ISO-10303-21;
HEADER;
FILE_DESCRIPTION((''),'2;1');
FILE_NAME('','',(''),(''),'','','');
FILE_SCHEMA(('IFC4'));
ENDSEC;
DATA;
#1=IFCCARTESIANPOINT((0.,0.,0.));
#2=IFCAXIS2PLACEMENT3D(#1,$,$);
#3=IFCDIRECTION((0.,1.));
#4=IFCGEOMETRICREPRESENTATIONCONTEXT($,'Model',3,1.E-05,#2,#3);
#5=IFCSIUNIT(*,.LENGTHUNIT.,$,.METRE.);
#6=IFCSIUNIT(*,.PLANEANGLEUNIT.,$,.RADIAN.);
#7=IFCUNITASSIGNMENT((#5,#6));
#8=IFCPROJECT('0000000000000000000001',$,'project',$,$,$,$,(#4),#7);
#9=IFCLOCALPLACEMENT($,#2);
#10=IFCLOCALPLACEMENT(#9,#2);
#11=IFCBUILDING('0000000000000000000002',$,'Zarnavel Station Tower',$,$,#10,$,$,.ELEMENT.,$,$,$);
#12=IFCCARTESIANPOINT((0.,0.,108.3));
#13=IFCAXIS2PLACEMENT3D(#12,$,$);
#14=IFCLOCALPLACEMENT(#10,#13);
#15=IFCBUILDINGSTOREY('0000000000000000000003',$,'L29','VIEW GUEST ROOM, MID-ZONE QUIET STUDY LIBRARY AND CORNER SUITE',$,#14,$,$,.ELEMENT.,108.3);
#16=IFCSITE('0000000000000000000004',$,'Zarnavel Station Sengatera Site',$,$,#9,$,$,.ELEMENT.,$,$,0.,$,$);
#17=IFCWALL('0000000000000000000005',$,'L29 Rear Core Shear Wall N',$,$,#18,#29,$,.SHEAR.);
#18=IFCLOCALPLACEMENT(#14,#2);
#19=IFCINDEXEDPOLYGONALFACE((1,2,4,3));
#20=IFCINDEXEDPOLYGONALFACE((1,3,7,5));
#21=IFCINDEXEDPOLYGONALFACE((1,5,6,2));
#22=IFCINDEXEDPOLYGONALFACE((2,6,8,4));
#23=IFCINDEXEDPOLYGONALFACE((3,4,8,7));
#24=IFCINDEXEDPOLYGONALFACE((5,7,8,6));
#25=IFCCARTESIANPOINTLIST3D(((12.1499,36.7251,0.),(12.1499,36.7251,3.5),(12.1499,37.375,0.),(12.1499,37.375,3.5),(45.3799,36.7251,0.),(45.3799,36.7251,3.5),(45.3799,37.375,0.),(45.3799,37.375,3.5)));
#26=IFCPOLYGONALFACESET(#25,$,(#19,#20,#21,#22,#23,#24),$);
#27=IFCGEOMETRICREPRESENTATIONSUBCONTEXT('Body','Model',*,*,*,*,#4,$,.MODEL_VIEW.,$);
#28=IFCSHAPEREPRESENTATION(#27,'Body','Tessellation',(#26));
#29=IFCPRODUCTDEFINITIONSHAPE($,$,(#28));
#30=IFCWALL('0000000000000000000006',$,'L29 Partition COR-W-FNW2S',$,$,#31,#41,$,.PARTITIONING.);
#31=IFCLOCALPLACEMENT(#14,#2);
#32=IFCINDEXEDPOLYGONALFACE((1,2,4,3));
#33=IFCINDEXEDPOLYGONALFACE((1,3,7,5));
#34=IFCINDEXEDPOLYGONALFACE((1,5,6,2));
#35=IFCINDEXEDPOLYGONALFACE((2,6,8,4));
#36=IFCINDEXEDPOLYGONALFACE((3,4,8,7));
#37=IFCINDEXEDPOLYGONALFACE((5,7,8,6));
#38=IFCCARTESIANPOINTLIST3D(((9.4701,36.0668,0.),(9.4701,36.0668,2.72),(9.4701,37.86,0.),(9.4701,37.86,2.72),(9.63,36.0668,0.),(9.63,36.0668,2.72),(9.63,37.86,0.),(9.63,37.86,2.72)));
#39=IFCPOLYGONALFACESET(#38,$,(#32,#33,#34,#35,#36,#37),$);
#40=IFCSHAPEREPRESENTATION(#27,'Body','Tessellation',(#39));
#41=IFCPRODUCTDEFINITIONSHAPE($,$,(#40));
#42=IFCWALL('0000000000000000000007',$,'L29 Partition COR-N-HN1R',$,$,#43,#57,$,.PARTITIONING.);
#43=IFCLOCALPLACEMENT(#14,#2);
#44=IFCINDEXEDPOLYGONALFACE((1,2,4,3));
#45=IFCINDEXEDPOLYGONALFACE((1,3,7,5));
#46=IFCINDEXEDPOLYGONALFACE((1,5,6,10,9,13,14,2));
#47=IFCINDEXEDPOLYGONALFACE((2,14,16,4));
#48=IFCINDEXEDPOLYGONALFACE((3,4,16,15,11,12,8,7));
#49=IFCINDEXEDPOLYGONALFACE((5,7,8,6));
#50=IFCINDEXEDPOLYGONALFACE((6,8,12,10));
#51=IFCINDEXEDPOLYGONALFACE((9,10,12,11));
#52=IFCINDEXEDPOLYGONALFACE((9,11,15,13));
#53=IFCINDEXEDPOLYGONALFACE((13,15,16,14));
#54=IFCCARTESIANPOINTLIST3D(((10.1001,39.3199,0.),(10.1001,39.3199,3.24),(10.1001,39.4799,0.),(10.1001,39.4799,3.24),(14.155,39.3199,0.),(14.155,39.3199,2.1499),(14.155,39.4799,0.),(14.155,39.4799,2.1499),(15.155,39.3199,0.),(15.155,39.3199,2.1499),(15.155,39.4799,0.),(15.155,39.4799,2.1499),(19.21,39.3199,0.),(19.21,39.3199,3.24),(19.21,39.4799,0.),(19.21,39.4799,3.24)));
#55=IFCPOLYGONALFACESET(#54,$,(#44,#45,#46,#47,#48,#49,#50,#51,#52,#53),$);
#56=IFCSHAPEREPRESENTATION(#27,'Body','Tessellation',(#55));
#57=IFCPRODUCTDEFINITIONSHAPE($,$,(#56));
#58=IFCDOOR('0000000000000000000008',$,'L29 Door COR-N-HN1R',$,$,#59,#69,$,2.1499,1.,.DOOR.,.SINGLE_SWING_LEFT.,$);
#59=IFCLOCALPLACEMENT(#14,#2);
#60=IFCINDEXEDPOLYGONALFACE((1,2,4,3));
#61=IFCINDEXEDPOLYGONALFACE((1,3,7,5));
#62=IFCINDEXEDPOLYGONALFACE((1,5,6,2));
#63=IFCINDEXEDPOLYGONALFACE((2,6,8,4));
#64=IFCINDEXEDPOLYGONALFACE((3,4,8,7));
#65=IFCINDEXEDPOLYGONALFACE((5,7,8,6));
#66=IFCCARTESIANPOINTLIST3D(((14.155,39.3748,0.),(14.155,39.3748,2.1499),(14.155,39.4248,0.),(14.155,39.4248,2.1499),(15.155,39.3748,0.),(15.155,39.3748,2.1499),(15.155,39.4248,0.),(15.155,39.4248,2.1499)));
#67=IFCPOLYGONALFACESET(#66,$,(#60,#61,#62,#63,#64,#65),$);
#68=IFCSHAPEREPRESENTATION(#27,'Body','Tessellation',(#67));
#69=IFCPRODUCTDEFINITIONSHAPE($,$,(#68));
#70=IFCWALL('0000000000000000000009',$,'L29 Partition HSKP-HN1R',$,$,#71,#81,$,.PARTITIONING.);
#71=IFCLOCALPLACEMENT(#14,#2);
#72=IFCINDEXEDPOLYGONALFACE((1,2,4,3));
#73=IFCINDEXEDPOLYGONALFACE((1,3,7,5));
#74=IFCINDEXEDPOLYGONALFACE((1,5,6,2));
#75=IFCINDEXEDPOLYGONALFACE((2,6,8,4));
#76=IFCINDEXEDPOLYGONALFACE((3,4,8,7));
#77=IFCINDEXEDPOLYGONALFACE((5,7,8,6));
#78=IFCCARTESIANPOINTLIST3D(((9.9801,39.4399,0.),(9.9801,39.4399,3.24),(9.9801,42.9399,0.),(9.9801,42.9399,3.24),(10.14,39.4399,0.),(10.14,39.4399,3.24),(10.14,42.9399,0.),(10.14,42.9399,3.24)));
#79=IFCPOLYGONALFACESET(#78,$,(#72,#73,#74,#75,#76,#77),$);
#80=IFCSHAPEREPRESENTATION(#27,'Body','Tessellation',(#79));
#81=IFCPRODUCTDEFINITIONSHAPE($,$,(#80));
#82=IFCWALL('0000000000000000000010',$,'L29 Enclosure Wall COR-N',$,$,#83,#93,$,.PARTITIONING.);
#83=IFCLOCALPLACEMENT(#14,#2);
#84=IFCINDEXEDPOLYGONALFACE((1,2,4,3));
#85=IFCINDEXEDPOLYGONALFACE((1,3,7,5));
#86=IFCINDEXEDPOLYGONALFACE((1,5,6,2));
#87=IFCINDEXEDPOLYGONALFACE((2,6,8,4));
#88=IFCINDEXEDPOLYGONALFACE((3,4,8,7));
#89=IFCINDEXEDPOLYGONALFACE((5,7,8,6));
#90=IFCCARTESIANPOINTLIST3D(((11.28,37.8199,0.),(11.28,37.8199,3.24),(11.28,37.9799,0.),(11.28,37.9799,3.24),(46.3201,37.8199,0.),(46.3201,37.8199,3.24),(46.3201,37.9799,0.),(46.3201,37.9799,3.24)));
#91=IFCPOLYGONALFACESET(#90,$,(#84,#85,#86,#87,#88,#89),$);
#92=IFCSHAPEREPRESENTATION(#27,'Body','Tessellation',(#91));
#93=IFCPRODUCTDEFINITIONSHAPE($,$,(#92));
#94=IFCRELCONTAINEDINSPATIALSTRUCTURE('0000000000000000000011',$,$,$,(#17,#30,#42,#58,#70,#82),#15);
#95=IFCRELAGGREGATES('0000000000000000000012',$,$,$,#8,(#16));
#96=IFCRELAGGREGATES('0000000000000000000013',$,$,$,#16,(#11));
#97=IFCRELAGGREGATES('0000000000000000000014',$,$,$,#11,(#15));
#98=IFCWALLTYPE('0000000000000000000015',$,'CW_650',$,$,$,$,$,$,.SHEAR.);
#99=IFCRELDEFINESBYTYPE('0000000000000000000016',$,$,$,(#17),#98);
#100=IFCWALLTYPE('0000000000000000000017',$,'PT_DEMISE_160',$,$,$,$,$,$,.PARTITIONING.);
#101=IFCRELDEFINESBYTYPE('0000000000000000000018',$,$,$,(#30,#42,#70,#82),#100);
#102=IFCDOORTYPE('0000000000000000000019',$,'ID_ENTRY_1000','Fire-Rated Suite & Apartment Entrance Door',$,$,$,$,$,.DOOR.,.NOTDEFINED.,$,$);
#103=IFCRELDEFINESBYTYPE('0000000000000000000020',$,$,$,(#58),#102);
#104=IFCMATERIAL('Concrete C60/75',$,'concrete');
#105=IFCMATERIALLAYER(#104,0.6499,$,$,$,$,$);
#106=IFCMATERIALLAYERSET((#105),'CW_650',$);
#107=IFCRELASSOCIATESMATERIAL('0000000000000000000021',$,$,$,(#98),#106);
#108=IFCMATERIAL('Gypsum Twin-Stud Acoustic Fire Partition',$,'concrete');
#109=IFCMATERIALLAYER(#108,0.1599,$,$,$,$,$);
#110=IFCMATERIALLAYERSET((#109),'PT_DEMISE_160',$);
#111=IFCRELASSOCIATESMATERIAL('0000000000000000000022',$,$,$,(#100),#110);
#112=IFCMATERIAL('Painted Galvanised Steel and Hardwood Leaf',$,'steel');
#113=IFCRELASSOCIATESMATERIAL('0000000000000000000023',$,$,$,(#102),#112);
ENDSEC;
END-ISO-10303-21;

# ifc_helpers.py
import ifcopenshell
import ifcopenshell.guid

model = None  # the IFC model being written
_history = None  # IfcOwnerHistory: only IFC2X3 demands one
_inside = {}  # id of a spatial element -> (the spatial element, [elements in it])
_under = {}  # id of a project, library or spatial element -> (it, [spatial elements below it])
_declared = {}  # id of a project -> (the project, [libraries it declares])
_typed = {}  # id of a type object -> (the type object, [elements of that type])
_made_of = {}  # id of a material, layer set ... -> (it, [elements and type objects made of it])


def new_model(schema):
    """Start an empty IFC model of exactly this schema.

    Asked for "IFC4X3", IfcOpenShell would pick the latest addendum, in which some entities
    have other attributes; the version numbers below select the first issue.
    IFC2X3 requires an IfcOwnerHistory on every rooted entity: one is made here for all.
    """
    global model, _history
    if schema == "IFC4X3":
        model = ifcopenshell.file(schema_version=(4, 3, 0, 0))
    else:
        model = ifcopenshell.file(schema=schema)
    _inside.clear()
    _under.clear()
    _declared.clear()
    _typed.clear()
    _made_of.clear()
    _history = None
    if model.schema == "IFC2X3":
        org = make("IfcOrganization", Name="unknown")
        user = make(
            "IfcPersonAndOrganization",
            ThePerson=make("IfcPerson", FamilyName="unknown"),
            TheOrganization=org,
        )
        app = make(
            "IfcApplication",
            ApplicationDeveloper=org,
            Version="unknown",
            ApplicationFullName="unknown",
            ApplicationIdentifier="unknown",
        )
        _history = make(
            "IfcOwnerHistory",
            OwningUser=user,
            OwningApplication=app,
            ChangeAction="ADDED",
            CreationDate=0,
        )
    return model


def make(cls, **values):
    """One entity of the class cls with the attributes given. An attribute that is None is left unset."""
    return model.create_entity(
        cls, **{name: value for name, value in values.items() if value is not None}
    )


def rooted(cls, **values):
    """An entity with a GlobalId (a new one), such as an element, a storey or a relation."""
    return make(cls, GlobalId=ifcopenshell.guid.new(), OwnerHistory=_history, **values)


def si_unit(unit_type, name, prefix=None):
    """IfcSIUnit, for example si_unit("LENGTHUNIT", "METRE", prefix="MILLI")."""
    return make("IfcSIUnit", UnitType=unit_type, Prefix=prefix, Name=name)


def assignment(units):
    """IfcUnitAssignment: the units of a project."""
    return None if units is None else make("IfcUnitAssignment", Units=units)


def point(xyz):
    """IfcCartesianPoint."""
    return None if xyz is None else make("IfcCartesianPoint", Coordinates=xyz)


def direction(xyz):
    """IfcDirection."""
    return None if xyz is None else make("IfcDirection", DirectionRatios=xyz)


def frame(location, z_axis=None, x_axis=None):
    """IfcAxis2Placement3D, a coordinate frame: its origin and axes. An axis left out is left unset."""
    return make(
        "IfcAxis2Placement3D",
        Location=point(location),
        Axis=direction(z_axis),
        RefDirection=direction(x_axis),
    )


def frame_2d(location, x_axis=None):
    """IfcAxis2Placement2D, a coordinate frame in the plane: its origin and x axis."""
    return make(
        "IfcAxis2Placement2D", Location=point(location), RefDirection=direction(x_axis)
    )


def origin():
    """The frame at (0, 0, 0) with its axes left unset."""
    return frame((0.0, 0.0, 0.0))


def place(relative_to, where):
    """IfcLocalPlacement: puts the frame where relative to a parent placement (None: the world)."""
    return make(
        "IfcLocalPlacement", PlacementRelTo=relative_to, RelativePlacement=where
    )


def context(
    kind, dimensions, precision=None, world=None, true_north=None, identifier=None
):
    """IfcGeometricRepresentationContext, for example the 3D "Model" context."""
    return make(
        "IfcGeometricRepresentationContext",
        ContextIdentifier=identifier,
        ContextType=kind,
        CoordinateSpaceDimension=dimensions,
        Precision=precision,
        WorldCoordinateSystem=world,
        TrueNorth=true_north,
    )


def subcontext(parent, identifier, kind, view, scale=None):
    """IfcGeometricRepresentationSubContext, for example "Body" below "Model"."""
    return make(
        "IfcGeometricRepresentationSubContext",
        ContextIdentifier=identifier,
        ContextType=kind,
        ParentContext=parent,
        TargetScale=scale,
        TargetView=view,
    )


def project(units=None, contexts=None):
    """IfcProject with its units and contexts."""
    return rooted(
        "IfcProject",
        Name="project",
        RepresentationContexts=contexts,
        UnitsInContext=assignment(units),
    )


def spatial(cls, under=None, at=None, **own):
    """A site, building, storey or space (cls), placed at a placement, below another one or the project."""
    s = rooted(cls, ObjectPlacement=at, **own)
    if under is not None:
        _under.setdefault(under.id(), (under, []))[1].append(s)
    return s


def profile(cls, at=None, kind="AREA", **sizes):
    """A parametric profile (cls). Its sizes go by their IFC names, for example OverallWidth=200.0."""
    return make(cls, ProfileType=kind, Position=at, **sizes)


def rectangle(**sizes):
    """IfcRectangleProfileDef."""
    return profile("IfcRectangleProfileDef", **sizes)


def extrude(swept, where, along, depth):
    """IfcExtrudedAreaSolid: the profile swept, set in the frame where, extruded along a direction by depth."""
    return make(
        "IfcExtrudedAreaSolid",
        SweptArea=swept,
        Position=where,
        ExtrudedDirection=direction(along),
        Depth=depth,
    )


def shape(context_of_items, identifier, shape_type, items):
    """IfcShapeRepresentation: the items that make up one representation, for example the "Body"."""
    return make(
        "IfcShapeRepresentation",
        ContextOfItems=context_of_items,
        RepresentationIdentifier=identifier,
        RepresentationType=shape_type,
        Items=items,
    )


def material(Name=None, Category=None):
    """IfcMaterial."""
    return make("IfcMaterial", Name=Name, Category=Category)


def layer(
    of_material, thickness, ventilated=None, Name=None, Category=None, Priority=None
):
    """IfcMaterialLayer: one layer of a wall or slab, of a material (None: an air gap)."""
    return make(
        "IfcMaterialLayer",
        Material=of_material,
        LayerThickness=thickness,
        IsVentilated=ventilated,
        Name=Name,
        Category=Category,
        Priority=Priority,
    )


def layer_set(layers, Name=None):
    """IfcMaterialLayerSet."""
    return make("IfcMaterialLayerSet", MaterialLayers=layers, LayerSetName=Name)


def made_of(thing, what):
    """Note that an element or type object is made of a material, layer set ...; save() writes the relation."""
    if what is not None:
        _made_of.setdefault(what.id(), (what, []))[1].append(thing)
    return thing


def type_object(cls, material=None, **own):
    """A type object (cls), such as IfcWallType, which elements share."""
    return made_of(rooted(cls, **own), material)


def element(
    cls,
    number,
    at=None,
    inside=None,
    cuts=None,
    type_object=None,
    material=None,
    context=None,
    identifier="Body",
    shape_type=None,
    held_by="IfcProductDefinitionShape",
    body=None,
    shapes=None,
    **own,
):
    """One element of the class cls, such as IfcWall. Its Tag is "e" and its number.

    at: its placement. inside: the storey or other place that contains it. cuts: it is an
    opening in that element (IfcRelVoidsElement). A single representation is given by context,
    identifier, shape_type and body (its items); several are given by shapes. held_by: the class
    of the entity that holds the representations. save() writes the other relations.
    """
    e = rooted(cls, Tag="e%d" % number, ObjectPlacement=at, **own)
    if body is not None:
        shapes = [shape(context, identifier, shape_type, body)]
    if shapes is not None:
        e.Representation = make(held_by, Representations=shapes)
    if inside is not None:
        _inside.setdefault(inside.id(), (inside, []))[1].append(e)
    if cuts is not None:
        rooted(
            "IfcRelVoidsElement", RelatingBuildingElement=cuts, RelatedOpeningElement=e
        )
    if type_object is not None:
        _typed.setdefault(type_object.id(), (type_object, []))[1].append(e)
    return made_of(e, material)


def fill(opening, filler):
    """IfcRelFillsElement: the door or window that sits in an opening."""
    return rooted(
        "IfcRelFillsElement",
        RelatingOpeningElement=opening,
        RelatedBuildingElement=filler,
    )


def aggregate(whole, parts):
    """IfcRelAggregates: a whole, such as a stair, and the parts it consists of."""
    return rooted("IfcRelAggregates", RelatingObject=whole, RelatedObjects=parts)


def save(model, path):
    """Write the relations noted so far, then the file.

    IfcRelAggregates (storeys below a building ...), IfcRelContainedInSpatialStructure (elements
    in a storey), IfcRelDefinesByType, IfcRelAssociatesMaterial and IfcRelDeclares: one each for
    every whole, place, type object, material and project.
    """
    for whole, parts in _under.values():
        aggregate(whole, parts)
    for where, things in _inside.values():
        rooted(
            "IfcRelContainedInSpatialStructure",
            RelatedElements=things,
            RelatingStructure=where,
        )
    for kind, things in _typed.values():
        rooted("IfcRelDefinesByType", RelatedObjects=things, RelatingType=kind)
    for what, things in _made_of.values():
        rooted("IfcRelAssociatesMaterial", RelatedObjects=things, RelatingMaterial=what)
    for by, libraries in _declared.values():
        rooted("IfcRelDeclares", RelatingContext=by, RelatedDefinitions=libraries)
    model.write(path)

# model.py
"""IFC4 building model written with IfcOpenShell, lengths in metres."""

from ifc_helpers import new_model, si_unit, direction, frame, frame_2d, origin, place, context, subcontext, project, spatial, rectangle, extrude, material, layer, layer_set, type_object, element, fill, save


model = new_model("IFC4")

# Units and contexts
model_context = context("Model", 3, precision=1e-05, world=origin(), true_north=direction((0.0, 1.0)))
body_context = subcontext(model_context, "Body", "Model", "MODEL_VIEW")
ifc_project = project(units=[si_unit("LENGTHUNIT", "METRE"), si_unit("PLANEANGLEUNIT", "RADIAN")], contexts=[model_context])

# Site, building, storey
site_placement = place(None, origin())
site = spatial("IfcSite", under=ifc_project, at=site_placement, Name="Zarnavel Station Sengatera Site", CompositionType="ELEMENT", RefElevation=0.0)
building_placement = place(site_placement, origin())
building = spatial("IfcBuilding", under=site, at=building_placement, Name="Zarnavel Station Tower", CompositionType="ELEMENT")
storey_placement = place(building_placement, frame((0.0, 0.0, 108.3)))
storey = spatial("IfcBuildingStorey", under=building, at=storey_placement, Name="L29", Description="VIEW GUEST ROOM, MID-ZONE QUIET STUDY LIBRARY AND CORNER SUITE", CompositionType="ELEMENT", Elevation=108.3)

# Wall
ifc_material_1 = material(Name="Concrete C60/75", Category="concrete")
ifc_layer_1 = layer(ifc_material_1, 0.6499)
ifc_layer_set_1 = layer_set([ifc_layer_1], Name="CW_650")
wall_type_1 = type_object("IfcWallType", Name="CW_650", PredefinedType="SHEAR", material=ifc_layer_set_1)
wall_1_placement = place(storey_placement, frame((12.1499, 37.05, 0.0), z_axis=(0.0, 0.0, 1.0), x_axis=(1.0, 0.0, 0.0)))
element("IfcWall", 1, at=wall_1_placement, inside=storey, type_object=wall_type_1, Name="L29 Rear Core Shear Wall N", PredefinedType="SHEAR", context=body_context, shape_type="SweptSolid", body=[
    extrude(rectangle(XDim=33.23, YDim=0.6499, at=frame_2d((16.615, 0.0))), origin(), (0.0, 0.0, 1.0), 3.5),
])

# Wall
ifc_material_2 = material(Name="Gypsum Twin-Stud Acoustic Fire Partition", Category="concrete")
ifc_layer_2 = layer(ifc_material_2, 0.1599)
ifc_layer_set_2 = layer_set([ifc_layer_2], Name="PT_DEMISE_160")
wall_type_2 = type_object("IfcWallType", Name="PT_DEMISE_160", PredefinedType="PARTITIONING", material=ifc_layer_set_2)
wall_2_placement = place(storey_placement, frame((9.55, 36.0669, 0.0), z_axis=(0.0, 0.0, 1.0), x_axis=(0.0, 1.0, 0.0)))
element("IfcWall", 2, at=wall_2_placement, inside=storey, type_object=wall_type_2, Name="L29 Partition COR-W-FNW2S", PredefinedType="PARTITIONING", context=body_context, shape_type="SweptSolid", body=[
    extrude(rectangle(XDim=1.7932, YDim=0.1599, at=frame_2d((0.8965, 0.0))), origin(), (0.0, 0.0, 1.0), 2.72),
])

# Wall, opening, door
wall_3_placement = place(storey_placement, frame((10.1001, 39.3999, 0.0), z_axis=(0.0, 0.0, 1.0), x_axis=(1.0, 0.0, 0.0)))
wall_3 = element("IfcWall", 3, at=wall_3_placement, inside=storey, type_object=wall_type_2, Name="L29 Partition COR-N-HN1R", PredefinedType="PARTITIONING", context=body_context, shape_type="SweptSolid", body=[
    extrude(rectangle(XDim=9.1099, YDim=0.1599, at=frame_2d((4.5549, 0.0))), origin(), (0.0, 0.0, 1.0), 3.24),
])
opening_1_placement = place(wall_3_placement, frame((4.0549, 0.0, 0.0)))
opening_1 = element("IfcOpeningElement", 4, at=opening_1_placement, cuts=wall_3, PredefinedType="OPENING", context=body_context, shape_type="SweptSolid", body=[
    extrude(rectangle(XDim=1.0, YDim=2.1499, at=frame_2d((0.5, 1.075))), frame((0.0, 0.0898, 0.0), z_axis=(0.0, -1.0, 0.0), x_axis=(1.0, 0.0, 0.0)), (0.0, 0.0, 1.0), 0.1799),
])
ifc_material_3 = material(Name="Painted Galvanised Steel and Hardwood Leaf", Category="steel")
door_type = type_object("IfcDoorType", Name="ID_ENTRY_1000", Description="Fire-Rated Suite & Apartment Entrance Door", OperationType="NOTDEFINED", PredefinedType="DOOR", material=ifc_material_3)
door_placement = place(opening_1_placement, origin())
door = element("IfcDoor", 5, at=door_placement, inside=storey, type_object=door_type, Name="L29 Door COR-N-HN1R", OperationType="SINGLE_SWING_LEFT", OverallHeight=2.1499, OverallWidth=1.0, PredefinedType="DOOR", context=body_context, shape_type="SweptSolid", body=[
    extrude(rectangle(XDim=1.0, YDim=2.1499, at=frame_2d((0.5, 1.075))), frame((0.0, 0.0249, 0.0), z_axis=(0.0, -1.0, 0.0), x_axis=(1.0, 0.0, 0.0)), (0.0, 0.0, 1.0), 0.05),
])
fill(opening_1, door)

# Walls
wall_4_placement = place(storey_placement, frame((10.0601, 39.4399, 0.0), z_axis=(0.0, 0.0, 1.0), x_axis=(0.0, 1.0, 0.0)))
element("IfcWall", 6, at=wall_4_placement, inside=storey, type_object=wall_type_2, Name="L29 Partition HSKP-HN1R", PredefinedType="PARTITIONING", context=body_context, shape_type="SweptSolid", body=[
    extrude(rectangle(XDim=3.5, YDim=0.1599, at=frame_2d((1.75, 0.0))), origin(), (0.0, 0.0, 1.0), 3.24),
])
wall_5_placement = place(storey_placement, frame((11.28, 37.8999, 0.0), z_axis=(0.0, 0.0, 1.0), x_axis=(1.0, 0.0, 0.0)))
element("IfcWall", 7, at=wall_5_placement, inside=storey, type_object=wall_type_2, Name="L29 Enclosure Wall COR-N", PredefinedType="PARTITIONING", context=body_context, shape_type="SweptSolid", body=[
    extrude(rectangle(XDim=35.04, YDim=0.1599, at=frame_2d((17.52, 0.0))), origin(), (0.0, 0.0, 1.0), 3.24),
])

save(model, "model.ifc")
